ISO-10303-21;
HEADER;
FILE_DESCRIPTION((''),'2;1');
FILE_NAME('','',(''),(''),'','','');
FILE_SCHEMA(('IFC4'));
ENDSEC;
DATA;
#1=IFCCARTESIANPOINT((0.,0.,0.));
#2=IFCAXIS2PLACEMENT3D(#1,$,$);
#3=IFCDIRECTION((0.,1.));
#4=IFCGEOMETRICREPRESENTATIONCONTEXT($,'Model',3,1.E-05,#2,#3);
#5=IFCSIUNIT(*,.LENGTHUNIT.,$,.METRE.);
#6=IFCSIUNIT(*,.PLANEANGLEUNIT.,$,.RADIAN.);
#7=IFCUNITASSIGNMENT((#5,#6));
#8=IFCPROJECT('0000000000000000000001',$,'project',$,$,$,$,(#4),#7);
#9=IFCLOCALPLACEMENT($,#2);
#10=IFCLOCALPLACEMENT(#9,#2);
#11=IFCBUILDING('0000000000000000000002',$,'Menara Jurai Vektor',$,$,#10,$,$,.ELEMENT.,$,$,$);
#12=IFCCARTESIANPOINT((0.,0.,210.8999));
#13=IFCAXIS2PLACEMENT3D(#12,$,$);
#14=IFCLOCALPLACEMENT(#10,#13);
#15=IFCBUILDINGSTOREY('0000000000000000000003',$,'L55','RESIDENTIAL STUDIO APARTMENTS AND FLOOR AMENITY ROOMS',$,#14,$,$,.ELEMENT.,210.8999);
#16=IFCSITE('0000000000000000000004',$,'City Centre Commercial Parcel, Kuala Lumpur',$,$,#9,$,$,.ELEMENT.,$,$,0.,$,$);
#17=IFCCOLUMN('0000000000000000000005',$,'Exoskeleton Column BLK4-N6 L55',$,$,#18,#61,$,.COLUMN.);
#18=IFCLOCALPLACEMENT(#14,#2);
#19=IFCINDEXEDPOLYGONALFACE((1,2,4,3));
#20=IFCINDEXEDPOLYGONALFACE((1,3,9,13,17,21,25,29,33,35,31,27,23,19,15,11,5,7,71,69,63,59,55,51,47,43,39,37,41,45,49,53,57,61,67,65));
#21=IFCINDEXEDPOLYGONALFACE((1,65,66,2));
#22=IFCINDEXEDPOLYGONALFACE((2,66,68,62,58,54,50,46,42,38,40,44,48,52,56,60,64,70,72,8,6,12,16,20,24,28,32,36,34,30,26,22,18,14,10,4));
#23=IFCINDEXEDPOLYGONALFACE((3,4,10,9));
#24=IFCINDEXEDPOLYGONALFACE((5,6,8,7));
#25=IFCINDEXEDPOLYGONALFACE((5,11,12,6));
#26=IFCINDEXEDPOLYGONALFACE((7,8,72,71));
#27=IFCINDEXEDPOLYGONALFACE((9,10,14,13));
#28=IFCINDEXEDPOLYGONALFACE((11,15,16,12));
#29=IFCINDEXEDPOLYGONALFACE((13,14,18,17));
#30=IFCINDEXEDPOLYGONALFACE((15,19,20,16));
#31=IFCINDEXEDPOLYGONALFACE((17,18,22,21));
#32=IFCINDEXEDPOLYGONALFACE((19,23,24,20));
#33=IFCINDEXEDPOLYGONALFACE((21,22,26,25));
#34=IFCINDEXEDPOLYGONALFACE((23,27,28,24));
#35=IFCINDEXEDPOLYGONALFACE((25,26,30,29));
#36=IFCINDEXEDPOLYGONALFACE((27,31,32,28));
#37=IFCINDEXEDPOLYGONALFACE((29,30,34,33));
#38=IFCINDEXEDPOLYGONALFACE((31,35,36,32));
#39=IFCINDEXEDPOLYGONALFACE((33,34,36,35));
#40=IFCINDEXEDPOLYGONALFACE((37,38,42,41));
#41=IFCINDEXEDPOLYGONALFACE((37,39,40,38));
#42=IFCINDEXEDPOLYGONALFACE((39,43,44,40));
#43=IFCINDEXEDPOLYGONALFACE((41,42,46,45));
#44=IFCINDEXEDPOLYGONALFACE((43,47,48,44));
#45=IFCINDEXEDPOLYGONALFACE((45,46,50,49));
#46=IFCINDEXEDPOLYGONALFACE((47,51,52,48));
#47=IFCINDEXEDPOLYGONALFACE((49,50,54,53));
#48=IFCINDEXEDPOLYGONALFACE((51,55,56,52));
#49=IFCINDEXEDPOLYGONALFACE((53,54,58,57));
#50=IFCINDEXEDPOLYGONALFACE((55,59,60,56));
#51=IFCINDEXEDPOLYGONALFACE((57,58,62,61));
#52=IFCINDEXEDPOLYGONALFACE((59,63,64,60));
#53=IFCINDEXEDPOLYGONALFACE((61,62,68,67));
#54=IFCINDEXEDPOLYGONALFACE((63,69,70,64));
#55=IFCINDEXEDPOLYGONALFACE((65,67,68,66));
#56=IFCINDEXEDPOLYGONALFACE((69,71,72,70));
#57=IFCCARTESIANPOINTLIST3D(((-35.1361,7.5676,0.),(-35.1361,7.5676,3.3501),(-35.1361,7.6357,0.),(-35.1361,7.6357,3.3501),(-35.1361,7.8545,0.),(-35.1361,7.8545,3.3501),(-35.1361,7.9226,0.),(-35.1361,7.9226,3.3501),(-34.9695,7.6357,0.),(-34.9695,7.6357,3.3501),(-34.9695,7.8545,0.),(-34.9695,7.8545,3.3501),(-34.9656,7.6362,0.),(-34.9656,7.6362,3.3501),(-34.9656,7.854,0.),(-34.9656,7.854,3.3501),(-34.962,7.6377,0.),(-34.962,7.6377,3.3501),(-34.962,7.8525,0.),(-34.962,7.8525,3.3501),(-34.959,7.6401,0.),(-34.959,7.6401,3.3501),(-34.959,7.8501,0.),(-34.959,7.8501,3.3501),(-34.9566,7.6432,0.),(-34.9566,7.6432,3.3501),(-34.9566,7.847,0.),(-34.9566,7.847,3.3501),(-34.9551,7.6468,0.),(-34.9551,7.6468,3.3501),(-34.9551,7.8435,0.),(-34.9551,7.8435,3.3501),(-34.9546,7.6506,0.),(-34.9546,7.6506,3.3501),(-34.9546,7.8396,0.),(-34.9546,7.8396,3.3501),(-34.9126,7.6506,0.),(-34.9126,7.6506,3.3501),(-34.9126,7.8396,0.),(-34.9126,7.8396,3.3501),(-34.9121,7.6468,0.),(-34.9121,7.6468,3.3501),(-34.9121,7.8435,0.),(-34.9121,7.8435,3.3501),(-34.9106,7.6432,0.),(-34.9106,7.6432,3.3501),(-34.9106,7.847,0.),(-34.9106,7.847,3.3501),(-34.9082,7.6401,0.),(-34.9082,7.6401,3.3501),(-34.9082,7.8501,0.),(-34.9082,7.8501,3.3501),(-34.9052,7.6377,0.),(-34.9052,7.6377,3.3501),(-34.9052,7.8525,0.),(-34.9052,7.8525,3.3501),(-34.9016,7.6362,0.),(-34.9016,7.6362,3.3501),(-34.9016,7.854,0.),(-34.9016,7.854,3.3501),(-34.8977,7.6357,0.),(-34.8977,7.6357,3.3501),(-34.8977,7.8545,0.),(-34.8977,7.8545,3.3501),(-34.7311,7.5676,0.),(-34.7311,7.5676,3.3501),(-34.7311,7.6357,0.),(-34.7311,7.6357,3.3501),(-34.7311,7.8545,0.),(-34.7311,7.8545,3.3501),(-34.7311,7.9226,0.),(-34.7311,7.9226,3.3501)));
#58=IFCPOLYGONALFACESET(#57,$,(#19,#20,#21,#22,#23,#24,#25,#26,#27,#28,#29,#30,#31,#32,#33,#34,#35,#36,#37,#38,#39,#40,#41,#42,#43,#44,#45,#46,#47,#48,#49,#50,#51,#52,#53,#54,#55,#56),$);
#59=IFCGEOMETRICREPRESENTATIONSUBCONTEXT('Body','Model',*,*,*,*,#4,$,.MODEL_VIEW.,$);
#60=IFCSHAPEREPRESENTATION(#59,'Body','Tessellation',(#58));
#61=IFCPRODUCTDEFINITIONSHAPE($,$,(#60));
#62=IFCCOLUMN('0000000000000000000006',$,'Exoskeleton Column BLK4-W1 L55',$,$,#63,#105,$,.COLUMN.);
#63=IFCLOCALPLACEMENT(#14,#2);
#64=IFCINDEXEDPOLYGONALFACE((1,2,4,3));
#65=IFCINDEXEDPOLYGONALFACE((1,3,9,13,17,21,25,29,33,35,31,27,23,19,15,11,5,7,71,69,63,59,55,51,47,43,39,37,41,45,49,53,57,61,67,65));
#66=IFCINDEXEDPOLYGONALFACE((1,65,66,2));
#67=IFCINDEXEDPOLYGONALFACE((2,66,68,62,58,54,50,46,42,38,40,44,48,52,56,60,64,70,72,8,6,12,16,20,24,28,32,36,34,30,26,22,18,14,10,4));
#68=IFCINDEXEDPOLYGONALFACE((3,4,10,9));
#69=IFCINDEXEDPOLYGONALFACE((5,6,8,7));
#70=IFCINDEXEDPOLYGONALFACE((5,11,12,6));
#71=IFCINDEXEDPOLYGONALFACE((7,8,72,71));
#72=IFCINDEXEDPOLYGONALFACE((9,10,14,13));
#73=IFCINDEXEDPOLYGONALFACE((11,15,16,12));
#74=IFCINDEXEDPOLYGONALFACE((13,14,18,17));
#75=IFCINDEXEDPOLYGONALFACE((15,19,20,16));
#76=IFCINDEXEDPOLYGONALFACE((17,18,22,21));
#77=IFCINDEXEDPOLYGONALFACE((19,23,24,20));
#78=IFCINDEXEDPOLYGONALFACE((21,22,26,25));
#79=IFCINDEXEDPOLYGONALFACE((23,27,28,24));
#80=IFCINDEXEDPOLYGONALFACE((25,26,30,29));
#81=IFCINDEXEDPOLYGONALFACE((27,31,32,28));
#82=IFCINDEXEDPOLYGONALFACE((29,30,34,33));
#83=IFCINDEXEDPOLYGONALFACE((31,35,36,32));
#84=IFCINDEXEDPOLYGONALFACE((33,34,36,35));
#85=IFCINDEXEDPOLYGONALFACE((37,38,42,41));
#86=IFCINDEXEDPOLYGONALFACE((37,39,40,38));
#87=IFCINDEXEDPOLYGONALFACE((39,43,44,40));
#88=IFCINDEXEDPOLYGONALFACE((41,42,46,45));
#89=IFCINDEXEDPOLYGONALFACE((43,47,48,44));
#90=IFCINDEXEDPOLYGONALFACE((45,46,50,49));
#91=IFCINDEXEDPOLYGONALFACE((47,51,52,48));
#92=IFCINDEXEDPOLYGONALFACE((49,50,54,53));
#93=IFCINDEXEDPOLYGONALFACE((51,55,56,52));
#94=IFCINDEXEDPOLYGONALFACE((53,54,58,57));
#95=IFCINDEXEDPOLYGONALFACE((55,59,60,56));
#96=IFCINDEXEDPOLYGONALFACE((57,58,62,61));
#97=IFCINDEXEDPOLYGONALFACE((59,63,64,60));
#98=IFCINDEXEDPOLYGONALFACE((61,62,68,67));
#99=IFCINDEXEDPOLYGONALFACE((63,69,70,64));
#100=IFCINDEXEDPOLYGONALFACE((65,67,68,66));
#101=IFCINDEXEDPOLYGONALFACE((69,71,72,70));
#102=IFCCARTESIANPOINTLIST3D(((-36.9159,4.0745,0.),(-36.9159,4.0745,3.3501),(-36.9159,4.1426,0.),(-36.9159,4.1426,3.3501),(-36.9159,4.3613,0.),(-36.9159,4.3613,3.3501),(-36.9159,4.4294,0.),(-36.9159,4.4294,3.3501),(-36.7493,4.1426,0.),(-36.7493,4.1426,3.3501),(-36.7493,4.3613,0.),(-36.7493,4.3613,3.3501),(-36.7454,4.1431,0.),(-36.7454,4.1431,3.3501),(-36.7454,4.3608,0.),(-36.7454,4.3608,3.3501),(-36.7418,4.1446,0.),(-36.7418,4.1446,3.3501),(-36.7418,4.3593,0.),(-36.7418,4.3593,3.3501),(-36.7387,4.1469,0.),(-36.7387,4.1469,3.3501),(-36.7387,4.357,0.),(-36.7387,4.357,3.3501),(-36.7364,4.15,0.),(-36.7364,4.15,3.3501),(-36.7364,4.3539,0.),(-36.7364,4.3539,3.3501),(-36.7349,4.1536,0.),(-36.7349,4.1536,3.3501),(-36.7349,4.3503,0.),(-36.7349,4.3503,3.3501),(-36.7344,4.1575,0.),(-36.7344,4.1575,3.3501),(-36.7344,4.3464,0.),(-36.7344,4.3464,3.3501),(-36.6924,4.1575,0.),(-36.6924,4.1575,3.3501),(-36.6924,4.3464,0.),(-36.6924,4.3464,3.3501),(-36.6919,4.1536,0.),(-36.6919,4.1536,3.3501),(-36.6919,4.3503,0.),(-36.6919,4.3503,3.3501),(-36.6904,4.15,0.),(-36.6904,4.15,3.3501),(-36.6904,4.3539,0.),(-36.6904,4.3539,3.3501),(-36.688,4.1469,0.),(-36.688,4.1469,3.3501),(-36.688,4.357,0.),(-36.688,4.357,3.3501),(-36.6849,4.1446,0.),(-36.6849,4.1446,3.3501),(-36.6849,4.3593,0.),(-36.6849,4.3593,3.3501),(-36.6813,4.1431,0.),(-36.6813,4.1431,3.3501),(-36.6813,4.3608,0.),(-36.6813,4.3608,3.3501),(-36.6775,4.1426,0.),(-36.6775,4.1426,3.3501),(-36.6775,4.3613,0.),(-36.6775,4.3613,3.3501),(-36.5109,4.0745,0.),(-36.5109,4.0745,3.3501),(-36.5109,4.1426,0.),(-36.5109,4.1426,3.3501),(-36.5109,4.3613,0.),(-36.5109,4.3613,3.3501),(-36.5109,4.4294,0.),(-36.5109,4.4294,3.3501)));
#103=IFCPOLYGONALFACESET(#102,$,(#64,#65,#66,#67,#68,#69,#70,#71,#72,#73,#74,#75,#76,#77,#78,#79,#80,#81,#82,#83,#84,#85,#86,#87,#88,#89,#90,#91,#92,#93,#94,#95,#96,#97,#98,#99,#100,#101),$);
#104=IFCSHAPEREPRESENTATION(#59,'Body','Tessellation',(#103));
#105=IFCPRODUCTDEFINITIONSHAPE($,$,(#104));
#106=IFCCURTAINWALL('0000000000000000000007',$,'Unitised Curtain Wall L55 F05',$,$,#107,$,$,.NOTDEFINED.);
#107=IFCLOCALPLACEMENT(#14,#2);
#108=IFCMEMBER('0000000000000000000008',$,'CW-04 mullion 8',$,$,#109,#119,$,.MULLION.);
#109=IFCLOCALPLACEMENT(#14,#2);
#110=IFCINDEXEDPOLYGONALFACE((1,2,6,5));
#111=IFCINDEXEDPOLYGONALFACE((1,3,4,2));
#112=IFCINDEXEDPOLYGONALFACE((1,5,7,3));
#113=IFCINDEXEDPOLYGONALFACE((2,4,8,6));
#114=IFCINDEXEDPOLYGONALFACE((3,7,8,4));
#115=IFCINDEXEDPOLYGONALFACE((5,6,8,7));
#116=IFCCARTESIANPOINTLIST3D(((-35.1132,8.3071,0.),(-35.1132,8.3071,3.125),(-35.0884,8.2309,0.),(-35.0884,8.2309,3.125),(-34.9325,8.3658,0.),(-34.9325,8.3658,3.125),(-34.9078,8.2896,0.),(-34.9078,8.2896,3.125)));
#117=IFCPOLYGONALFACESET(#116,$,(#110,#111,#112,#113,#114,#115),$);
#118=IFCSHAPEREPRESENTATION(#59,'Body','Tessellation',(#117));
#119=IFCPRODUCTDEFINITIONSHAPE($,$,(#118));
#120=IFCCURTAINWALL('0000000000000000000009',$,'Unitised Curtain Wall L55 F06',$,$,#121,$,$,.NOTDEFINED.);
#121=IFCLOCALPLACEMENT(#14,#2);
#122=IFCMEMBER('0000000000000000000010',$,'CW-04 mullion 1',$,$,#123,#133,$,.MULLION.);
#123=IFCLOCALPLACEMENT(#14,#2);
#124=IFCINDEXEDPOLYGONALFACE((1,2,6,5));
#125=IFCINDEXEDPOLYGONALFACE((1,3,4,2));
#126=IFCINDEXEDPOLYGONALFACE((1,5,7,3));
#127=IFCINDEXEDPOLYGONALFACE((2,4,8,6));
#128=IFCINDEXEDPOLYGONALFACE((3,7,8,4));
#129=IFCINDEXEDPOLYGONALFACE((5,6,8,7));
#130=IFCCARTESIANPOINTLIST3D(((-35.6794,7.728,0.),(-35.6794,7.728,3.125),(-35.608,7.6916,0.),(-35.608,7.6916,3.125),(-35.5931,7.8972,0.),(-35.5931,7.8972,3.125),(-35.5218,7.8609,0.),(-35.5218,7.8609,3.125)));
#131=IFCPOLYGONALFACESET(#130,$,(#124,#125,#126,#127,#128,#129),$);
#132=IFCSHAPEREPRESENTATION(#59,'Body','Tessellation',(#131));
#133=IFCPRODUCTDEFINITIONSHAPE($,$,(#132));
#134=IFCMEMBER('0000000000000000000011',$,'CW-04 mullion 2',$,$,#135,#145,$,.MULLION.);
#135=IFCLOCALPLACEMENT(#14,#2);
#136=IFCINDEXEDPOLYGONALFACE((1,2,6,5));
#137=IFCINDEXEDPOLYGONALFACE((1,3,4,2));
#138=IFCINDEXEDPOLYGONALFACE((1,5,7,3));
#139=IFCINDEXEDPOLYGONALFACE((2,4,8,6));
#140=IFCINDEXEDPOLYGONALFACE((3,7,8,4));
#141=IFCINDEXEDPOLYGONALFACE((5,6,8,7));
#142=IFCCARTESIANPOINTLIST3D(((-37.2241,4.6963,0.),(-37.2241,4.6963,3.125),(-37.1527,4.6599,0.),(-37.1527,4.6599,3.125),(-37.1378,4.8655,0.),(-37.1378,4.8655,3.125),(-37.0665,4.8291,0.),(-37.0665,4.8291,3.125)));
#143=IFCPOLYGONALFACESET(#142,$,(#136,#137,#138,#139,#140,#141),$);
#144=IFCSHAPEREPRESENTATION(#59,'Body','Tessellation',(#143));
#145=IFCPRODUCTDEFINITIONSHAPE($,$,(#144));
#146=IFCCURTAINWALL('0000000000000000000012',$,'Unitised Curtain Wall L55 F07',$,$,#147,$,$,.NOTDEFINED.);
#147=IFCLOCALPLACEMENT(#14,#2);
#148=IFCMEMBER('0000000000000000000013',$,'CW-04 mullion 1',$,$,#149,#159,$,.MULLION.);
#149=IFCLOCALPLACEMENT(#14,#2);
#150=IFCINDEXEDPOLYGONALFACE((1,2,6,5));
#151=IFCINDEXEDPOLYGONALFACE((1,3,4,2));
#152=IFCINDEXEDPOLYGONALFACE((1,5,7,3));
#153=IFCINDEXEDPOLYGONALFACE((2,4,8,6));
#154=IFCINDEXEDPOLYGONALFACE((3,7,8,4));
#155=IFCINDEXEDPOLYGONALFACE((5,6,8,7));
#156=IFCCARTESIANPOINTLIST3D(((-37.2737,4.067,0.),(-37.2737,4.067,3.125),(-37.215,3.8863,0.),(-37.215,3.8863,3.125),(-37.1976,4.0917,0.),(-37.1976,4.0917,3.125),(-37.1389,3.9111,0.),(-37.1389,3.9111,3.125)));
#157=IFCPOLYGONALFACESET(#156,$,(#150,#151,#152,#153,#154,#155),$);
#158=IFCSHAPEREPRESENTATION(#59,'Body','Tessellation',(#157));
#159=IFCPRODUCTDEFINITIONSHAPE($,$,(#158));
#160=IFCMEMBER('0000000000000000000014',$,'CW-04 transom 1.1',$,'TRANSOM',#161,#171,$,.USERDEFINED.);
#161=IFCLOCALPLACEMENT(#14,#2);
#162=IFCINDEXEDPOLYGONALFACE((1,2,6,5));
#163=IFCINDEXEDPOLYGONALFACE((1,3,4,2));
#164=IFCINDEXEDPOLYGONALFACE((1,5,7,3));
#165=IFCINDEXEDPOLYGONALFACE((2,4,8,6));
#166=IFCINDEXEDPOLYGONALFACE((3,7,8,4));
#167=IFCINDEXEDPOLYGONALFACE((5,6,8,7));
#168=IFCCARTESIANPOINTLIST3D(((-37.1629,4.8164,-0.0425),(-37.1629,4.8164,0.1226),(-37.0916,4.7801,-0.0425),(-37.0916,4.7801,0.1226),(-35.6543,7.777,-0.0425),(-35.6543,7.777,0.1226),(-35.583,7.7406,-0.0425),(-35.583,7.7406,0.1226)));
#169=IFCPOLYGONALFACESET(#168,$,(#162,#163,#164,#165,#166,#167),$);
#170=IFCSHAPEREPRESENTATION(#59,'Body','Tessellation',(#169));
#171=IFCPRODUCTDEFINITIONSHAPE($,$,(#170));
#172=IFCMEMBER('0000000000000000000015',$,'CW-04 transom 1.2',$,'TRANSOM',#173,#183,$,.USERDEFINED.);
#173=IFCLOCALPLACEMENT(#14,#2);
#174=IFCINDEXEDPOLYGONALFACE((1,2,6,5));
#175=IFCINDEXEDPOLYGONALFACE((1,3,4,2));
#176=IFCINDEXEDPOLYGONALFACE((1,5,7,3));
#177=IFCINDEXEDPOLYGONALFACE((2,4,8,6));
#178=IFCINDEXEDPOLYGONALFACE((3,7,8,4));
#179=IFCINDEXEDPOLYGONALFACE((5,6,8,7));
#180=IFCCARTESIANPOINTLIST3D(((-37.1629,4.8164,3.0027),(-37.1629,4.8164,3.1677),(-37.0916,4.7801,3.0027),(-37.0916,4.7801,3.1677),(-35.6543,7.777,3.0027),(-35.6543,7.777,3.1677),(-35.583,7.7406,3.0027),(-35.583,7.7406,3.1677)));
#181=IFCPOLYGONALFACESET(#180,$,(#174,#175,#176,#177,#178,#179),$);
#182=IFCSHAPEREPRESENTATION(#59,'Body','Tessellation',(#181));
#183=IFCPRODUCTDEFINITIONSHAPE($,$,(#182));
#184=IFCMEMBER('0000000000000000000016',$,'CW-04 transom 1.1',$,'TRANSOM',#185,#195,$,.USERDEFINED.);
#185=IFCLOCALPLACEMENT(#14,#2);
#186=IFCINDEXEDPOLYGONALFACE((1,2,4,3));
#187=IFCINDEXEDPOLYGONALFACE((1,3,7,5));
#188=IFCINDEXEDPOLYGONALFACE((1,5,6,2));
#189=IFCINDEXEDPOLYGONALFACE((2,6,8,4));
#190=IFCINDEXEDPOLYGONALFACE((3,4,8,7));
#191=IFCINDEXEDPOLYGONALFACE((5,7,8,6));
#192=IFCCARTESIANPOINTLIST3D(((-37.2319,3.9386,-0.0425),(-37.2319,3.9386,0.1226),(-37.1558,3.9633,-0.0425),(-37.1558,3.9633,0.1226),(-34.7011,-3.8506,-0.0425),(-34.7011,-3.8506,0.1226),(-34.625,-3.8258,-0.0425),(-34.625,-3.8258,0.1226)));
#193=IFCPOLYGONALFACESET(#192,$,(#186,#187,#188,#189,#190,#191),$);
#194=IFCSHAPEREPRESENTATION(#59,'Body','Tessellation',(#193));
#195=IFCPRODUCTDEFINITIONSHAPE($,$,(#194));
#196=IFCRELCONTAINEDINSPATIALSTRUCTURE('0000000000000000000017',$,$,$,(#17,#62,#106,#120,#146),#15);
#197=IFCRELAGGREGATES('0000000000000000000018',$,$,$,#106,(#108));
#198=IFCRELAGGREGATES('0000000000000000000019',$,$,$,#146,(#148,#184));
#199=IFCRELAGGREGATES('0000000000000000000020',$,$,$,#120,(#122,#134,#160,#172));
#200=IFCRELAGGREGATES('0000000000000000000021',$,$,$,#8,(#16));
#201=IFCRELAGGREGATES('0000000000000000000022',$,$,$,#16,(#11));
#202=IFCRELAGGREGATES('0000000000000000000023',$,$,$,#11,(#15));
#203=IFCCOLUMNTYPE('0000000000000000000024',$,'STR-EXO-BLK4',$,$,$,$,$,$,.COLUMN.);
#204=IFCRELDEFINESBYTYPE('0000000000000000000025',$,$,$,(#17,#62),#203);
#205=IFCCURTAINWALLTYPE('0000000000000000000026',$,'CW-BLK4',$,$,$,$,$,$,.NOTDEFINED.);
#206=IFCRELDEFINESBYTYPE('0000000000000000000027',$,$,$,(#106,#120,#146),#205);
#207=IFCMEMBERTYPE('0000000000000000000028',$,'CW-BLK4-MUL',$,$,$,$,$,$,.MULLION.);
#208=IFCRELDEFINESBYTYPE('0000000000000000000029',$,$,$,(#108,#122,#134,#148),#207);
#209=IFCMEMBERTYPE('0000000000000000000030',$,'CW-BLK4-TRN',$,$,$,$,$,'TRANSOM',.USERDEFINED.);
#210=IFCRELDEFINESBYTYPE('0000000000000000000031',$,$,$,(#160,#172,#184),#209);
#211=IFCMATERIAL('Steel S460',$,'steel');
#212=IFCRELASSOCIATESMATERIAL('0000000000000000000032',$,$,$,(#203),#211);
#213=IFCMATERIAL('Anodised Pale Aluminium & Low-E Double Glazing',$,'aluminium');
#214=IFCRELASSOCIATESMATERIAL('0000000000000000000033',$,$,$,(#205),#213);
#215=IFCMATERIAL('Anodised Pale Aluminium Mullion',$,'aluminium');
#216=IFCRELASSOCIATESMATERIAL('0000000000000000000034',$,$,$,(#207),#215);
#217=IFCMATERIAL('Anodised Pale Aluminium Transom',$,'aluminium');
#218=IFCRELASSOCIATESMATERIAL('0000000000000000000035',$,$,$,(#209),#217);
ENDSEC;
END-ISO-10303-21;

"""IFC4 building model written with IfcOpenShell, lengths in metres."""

from ifc_helpers import new_model, si_unit, direction, frame, origin, origin_2d, place, context, subcontext, project, spatial, rectangle, i_section, extrude, material, material_profile, profile_set, type_object, element, aggregate, save


model = new_model("IFC4")

# Units and contexts
model_context = context("Model", 3, precision=1e-05, world=origin(), true_north=direction((0.0, 1.0)))
body_context = subcontext(model_context, "Body", "Model", "MODEL_VIEW")
ifc_project = project(units=[si_unit("LENGTHUNIT", "METRE"), si_unit("PLANEANGLEUNIT", "RADIAN")], contexts=[model_context])

# Site, building, storey
site_placement = place(None, origin())
site = spatial("IfcSite", under=ifc_project, at=site_placement, Name="City Centre Commercial Parcel, Kuala Lumpur", CompositionType="ELEMENT", RefElevation=0.0)
building_placement = place(site_placement, origin())
building = spatial("IfcBuilding", under=site, at=building_placement, Name="Menara Jurai Vektor", CompositionType="ELEMENT")
storey_placement = place(building_placement, frame((0.0, 0.0, 210.8999)))
storey = spatial("IfcBuildingStorey", under=building, at=storey_placement, Name="L55", Description="RESIDENTIAL STUDIO APARTMENTS AND FLOOR AMENITY ROOMS", CompositionType="ELEMENT", Elevation=210.8999)

# Columns
ifc_material_1 = material(Name="Steel S460", Category="steel")
ifc_material_profile_1 = material_profile(ifc_material_1, i_section(OverallWidth=0.405, OverallDepth=0.355, WebThickness=0.042, FlangeThickness=0.0681, FilletRadius=0.0149, at=origin_2d()), Name="HD 400x551")
ifc_profile_set_1 = profile_set([ifc_material_profile_1], Name="Steel S460")
column_type = type_object("IfcColumnType", Name="STR-EXO-BLK4", PredefinedType="COLUMN", material=ifc_profile_set_1)
for number, where, z_axis, x_axis, name in (
    (1, (-34.9336, 7.7451, 0.0), (0.0, 0.0, 1.0), (1.0, 0.0, 0.0), "Exoskeleton Column BLK4-N6 L55"),
    (2, (-36.7134, 4.252, 0.0), (0.0, 0.0, 1.0), (1.0, 0.0, 0.0), "Exoskeleton Column BLK4-W1 L55"),
):
    element("IfcColumn", number, at=place(storey_placement, frame(where, z_axis=z_axis, x_axis=x_axis)), inside=storey, type_object=column_type, Name=name, PredefinedType="COLUMN", context=body_context, shape_type="SweptSolid", body=[
        extrude(i_section(OverallWidth=0.405, OverallDepth=0.355, WebThickness=0.042, FlangeThickness=0.0681, FilletRadius=0.0149, at=origin_2d()), origin(), (0.0, 0.0, 1.0), 3.3501),
    ])

# Curtain wall, member
ifc_material_2 = material(Name="Anodised Pale Aluminium & Low-E Double Glazing", Category="aluminium")
curtain_wall_type = type_object("IfcCurtainWallType", Name="CW-BLK4", PredefinedType="NOTDEFINED", material=ifc_material_2)
curtain_wall_1_placement = place(storey_placement, origin())
curtain_wall_1 = element("IfcCurtainWall", 3, at=curtain_wall_1_placement, inside=storey, type_object=curtain_wall_type, Name="Unitised Curtain Wall L55 F05", PredefinedType="NOTDEFINED")
ifc_material_3 = material(Name="Anodised Pale Aluminium Mullion", Category="aluminium")
ifc_material_profile_2 = material_profile(ifc_material_3, rectangle(XDim=0.0801, YDim=0.1899, at=origin_2d()), Name="ALU MUL 80x190")
ifc_profile_set_2 = profile_set([ifc_material_profile_2], Name="Anodised Pale Aluminium Mullion")
member_type_1 = type_object("IfcMemberType", Name="CW-BLK4-MUL", PredefinedType="MULLION", material=ifc_profile_set_2)
member_1_placement = place(storey_placement, frame((-35.0105, 8.2983, 0.0), z_axis=(0.0, 0.0, 1.0), x_axis=(0.309017, -0.951056, 0.0)))
member_1 = element("IfcMember", 4, at=member_1_placement, type_object=member_type_1, Name="CW-04 mullion 8", PredefinedType="MULLION", context=body_context, shape_type="SweptSolid", body=[
    extrude(rectangle(XDim=0.0801, YDim=0.1899, at=origin_2d()), origin(), (0.0, 0.0, 1.0), 3.125),
])

# Curtain wall, members
curtain_wall_2_placement = place(storey_placement, origin())
curtain_wall_2 = element("IfcCurtainWall", 5, at=curtain_wall_2_placement, inside=storey, type_object=curtain_wall_type, Name="Unitised Curtain Wall L55 F06", PredefinedType="NOTDEFINED")
member_2_placement = place(storey_placement, frame((-35.6006, 7.7944, 0.0), z_axis=(0.0, 0.0, 1.0), x_axis=(0.891008, -0.453989, 0.0)))
member_2 = element("IfcMember", 6, at=member_2_placement, type_object=member_type_1, Name="CW-04 mullion 1", PredefinedType="MULLION", context=body_context, shape_type="SweptSolid", body=[
    extrude(rectangle(XDim=0.0801, YDim=0.1899, at=origin_2d()), origin(), (0.0, 0.0, 1.0), 3.125),
])
member_3_placement = place(storey_placement, frame((-37.1453, 4.7627, 0.0), z_axis=(0.0, 0.0, 1.0), x_axis=(0.891008, -0.453989, 0.0)))
member_3 = element("IfcMember", 7, at=member_3_placement, type_object=member_type_1, Name="CW-04 mullion 2", PredefinedType="MULLION", context=body_context, shape_type="SweptSolid", body=[
    extrude(rectangle(XDim=0.0801, YDim=0.1899, at=origin_2d()), origin(), (0.0, 0.0, 1.0), 3.125),
])

# Curtain wall, member
curtain_wall_3_placement = place(storey_placement, origin())
curtain_wall_3 = element("IfcCurtainWall", 8, at=curtain_wall_3_placement, inside=storey, type_object=curtain_wall_type, Name="Unitised Curtain Wall L55 F07", PredefinedType="NOTDEFINED")
member_4_placement = place(storey_placement, frame((-37.2063, 3.989, 0.0), z_axis=(0.0, 0.0, 1.0), x_axis=(0.951057, 0.309016, 0.0)))
member_4 = element("IfcMember", 9, at=member_4_placement, type_object=member_type_1, Name="CW-04 mullion 1", PredefinedType="MULLION", context=body_context, shape_type="SweptSolid", body=[
    extrude(rectangle(XDim=0.0801, YDim=0.1899, at=origin_2d()), origin(), (0.0, 0.0, 1.0), 3.125),
])

# Members
ifc_material_4 = material(Name="Anodised Pale Aluminium Transom", Category="aluminium")
ifc_material_profile_3 = material_profile(ifc_material_4, rectangle(XDim=0.0801, YDim=0.165, at=origin_2d()), Name="ALU TRN 80x165")
ifc_profile_set_3 = profile_set([ifc_material_profile_3], Name="Anodised Pale Aluminium Transom")
member_type_2 = type_object("IfcMemberType", Name="CW-BLK4-TRN", ElementType="TRANSOM", PredefinedType="USERDEFINED", material=ifc_profile_set_3)
member_5_placement = place(storey_placement, frame((-35.6187, 7.7588, 0.04), z_axis=(-0.454019, -0.890992, 0.0), x_axis=(0.890992, -0.454019, 0.0)))
member_5 = element("IfcMember", 10, at=member_5_placement, type_object=member_type_2, Name="CW-04 transom 1.1", ObjectType="TRANSOM", PredefinedType="USERDEFINED", context=body_context, shape_type="SweptSolid", body=[
    extrude(rectangle(XDim=0.0801, YDim=0.165, at=origin_2d()), origin(), (0.0, 0.0, 1.0), 3.3228),
])
member_6_placement = place(storey_placement, frame((-35.6187, 7.7588, 3.0852), z_axis=(-0.454019, -0.890992, 0.0), x_axis=(0.890992, -0.454019, 0.0)))
member_6 = element("IfcMember", 11, at=member_6_placement, type_object=member_type_2, Name="CW-04 transom 1.2", ObjectType="TRANSOM", PredefinedType="USERDEFINED", context=body_context, shape_type="SweptSolid", body=[
    extrude(rectangle(XDim=0.0801, YDim=0.165, at=origin_2d()), origin(), (0.0, 0.0, 1.0), 3.3228),
])
member_7_placement = place(storey_placement, frame((-37.1938, 3.9509, 0.04), z_axis=(0.309011, -0.951059, 0.0), x_axis=(0.951059, 0.309011, 0.0)))
member_7 = element("IfcMember", 12, at=member_7_placement, type_object=member_type_2, Name="CW-04 transom 1.1", ObjectType="TRANSOM", PredefinedType="USERDEFINED", context=body_context, shape_type="SweptSolid", body=[
    extrude(rectangle(XDim=0.0801, YDim=0.165, at=origin_2d()), origin(), (0.0, 0.0, 1.0), 8.1899),
])

aggregate(curtain_wall_1, [member_1])
aggregate(curtain_wall_3, [member_4, member_7])
aggregate(curtain_wall_2, [member_2, member_3, member_5, member_6])

save(model, "model.ifc")
